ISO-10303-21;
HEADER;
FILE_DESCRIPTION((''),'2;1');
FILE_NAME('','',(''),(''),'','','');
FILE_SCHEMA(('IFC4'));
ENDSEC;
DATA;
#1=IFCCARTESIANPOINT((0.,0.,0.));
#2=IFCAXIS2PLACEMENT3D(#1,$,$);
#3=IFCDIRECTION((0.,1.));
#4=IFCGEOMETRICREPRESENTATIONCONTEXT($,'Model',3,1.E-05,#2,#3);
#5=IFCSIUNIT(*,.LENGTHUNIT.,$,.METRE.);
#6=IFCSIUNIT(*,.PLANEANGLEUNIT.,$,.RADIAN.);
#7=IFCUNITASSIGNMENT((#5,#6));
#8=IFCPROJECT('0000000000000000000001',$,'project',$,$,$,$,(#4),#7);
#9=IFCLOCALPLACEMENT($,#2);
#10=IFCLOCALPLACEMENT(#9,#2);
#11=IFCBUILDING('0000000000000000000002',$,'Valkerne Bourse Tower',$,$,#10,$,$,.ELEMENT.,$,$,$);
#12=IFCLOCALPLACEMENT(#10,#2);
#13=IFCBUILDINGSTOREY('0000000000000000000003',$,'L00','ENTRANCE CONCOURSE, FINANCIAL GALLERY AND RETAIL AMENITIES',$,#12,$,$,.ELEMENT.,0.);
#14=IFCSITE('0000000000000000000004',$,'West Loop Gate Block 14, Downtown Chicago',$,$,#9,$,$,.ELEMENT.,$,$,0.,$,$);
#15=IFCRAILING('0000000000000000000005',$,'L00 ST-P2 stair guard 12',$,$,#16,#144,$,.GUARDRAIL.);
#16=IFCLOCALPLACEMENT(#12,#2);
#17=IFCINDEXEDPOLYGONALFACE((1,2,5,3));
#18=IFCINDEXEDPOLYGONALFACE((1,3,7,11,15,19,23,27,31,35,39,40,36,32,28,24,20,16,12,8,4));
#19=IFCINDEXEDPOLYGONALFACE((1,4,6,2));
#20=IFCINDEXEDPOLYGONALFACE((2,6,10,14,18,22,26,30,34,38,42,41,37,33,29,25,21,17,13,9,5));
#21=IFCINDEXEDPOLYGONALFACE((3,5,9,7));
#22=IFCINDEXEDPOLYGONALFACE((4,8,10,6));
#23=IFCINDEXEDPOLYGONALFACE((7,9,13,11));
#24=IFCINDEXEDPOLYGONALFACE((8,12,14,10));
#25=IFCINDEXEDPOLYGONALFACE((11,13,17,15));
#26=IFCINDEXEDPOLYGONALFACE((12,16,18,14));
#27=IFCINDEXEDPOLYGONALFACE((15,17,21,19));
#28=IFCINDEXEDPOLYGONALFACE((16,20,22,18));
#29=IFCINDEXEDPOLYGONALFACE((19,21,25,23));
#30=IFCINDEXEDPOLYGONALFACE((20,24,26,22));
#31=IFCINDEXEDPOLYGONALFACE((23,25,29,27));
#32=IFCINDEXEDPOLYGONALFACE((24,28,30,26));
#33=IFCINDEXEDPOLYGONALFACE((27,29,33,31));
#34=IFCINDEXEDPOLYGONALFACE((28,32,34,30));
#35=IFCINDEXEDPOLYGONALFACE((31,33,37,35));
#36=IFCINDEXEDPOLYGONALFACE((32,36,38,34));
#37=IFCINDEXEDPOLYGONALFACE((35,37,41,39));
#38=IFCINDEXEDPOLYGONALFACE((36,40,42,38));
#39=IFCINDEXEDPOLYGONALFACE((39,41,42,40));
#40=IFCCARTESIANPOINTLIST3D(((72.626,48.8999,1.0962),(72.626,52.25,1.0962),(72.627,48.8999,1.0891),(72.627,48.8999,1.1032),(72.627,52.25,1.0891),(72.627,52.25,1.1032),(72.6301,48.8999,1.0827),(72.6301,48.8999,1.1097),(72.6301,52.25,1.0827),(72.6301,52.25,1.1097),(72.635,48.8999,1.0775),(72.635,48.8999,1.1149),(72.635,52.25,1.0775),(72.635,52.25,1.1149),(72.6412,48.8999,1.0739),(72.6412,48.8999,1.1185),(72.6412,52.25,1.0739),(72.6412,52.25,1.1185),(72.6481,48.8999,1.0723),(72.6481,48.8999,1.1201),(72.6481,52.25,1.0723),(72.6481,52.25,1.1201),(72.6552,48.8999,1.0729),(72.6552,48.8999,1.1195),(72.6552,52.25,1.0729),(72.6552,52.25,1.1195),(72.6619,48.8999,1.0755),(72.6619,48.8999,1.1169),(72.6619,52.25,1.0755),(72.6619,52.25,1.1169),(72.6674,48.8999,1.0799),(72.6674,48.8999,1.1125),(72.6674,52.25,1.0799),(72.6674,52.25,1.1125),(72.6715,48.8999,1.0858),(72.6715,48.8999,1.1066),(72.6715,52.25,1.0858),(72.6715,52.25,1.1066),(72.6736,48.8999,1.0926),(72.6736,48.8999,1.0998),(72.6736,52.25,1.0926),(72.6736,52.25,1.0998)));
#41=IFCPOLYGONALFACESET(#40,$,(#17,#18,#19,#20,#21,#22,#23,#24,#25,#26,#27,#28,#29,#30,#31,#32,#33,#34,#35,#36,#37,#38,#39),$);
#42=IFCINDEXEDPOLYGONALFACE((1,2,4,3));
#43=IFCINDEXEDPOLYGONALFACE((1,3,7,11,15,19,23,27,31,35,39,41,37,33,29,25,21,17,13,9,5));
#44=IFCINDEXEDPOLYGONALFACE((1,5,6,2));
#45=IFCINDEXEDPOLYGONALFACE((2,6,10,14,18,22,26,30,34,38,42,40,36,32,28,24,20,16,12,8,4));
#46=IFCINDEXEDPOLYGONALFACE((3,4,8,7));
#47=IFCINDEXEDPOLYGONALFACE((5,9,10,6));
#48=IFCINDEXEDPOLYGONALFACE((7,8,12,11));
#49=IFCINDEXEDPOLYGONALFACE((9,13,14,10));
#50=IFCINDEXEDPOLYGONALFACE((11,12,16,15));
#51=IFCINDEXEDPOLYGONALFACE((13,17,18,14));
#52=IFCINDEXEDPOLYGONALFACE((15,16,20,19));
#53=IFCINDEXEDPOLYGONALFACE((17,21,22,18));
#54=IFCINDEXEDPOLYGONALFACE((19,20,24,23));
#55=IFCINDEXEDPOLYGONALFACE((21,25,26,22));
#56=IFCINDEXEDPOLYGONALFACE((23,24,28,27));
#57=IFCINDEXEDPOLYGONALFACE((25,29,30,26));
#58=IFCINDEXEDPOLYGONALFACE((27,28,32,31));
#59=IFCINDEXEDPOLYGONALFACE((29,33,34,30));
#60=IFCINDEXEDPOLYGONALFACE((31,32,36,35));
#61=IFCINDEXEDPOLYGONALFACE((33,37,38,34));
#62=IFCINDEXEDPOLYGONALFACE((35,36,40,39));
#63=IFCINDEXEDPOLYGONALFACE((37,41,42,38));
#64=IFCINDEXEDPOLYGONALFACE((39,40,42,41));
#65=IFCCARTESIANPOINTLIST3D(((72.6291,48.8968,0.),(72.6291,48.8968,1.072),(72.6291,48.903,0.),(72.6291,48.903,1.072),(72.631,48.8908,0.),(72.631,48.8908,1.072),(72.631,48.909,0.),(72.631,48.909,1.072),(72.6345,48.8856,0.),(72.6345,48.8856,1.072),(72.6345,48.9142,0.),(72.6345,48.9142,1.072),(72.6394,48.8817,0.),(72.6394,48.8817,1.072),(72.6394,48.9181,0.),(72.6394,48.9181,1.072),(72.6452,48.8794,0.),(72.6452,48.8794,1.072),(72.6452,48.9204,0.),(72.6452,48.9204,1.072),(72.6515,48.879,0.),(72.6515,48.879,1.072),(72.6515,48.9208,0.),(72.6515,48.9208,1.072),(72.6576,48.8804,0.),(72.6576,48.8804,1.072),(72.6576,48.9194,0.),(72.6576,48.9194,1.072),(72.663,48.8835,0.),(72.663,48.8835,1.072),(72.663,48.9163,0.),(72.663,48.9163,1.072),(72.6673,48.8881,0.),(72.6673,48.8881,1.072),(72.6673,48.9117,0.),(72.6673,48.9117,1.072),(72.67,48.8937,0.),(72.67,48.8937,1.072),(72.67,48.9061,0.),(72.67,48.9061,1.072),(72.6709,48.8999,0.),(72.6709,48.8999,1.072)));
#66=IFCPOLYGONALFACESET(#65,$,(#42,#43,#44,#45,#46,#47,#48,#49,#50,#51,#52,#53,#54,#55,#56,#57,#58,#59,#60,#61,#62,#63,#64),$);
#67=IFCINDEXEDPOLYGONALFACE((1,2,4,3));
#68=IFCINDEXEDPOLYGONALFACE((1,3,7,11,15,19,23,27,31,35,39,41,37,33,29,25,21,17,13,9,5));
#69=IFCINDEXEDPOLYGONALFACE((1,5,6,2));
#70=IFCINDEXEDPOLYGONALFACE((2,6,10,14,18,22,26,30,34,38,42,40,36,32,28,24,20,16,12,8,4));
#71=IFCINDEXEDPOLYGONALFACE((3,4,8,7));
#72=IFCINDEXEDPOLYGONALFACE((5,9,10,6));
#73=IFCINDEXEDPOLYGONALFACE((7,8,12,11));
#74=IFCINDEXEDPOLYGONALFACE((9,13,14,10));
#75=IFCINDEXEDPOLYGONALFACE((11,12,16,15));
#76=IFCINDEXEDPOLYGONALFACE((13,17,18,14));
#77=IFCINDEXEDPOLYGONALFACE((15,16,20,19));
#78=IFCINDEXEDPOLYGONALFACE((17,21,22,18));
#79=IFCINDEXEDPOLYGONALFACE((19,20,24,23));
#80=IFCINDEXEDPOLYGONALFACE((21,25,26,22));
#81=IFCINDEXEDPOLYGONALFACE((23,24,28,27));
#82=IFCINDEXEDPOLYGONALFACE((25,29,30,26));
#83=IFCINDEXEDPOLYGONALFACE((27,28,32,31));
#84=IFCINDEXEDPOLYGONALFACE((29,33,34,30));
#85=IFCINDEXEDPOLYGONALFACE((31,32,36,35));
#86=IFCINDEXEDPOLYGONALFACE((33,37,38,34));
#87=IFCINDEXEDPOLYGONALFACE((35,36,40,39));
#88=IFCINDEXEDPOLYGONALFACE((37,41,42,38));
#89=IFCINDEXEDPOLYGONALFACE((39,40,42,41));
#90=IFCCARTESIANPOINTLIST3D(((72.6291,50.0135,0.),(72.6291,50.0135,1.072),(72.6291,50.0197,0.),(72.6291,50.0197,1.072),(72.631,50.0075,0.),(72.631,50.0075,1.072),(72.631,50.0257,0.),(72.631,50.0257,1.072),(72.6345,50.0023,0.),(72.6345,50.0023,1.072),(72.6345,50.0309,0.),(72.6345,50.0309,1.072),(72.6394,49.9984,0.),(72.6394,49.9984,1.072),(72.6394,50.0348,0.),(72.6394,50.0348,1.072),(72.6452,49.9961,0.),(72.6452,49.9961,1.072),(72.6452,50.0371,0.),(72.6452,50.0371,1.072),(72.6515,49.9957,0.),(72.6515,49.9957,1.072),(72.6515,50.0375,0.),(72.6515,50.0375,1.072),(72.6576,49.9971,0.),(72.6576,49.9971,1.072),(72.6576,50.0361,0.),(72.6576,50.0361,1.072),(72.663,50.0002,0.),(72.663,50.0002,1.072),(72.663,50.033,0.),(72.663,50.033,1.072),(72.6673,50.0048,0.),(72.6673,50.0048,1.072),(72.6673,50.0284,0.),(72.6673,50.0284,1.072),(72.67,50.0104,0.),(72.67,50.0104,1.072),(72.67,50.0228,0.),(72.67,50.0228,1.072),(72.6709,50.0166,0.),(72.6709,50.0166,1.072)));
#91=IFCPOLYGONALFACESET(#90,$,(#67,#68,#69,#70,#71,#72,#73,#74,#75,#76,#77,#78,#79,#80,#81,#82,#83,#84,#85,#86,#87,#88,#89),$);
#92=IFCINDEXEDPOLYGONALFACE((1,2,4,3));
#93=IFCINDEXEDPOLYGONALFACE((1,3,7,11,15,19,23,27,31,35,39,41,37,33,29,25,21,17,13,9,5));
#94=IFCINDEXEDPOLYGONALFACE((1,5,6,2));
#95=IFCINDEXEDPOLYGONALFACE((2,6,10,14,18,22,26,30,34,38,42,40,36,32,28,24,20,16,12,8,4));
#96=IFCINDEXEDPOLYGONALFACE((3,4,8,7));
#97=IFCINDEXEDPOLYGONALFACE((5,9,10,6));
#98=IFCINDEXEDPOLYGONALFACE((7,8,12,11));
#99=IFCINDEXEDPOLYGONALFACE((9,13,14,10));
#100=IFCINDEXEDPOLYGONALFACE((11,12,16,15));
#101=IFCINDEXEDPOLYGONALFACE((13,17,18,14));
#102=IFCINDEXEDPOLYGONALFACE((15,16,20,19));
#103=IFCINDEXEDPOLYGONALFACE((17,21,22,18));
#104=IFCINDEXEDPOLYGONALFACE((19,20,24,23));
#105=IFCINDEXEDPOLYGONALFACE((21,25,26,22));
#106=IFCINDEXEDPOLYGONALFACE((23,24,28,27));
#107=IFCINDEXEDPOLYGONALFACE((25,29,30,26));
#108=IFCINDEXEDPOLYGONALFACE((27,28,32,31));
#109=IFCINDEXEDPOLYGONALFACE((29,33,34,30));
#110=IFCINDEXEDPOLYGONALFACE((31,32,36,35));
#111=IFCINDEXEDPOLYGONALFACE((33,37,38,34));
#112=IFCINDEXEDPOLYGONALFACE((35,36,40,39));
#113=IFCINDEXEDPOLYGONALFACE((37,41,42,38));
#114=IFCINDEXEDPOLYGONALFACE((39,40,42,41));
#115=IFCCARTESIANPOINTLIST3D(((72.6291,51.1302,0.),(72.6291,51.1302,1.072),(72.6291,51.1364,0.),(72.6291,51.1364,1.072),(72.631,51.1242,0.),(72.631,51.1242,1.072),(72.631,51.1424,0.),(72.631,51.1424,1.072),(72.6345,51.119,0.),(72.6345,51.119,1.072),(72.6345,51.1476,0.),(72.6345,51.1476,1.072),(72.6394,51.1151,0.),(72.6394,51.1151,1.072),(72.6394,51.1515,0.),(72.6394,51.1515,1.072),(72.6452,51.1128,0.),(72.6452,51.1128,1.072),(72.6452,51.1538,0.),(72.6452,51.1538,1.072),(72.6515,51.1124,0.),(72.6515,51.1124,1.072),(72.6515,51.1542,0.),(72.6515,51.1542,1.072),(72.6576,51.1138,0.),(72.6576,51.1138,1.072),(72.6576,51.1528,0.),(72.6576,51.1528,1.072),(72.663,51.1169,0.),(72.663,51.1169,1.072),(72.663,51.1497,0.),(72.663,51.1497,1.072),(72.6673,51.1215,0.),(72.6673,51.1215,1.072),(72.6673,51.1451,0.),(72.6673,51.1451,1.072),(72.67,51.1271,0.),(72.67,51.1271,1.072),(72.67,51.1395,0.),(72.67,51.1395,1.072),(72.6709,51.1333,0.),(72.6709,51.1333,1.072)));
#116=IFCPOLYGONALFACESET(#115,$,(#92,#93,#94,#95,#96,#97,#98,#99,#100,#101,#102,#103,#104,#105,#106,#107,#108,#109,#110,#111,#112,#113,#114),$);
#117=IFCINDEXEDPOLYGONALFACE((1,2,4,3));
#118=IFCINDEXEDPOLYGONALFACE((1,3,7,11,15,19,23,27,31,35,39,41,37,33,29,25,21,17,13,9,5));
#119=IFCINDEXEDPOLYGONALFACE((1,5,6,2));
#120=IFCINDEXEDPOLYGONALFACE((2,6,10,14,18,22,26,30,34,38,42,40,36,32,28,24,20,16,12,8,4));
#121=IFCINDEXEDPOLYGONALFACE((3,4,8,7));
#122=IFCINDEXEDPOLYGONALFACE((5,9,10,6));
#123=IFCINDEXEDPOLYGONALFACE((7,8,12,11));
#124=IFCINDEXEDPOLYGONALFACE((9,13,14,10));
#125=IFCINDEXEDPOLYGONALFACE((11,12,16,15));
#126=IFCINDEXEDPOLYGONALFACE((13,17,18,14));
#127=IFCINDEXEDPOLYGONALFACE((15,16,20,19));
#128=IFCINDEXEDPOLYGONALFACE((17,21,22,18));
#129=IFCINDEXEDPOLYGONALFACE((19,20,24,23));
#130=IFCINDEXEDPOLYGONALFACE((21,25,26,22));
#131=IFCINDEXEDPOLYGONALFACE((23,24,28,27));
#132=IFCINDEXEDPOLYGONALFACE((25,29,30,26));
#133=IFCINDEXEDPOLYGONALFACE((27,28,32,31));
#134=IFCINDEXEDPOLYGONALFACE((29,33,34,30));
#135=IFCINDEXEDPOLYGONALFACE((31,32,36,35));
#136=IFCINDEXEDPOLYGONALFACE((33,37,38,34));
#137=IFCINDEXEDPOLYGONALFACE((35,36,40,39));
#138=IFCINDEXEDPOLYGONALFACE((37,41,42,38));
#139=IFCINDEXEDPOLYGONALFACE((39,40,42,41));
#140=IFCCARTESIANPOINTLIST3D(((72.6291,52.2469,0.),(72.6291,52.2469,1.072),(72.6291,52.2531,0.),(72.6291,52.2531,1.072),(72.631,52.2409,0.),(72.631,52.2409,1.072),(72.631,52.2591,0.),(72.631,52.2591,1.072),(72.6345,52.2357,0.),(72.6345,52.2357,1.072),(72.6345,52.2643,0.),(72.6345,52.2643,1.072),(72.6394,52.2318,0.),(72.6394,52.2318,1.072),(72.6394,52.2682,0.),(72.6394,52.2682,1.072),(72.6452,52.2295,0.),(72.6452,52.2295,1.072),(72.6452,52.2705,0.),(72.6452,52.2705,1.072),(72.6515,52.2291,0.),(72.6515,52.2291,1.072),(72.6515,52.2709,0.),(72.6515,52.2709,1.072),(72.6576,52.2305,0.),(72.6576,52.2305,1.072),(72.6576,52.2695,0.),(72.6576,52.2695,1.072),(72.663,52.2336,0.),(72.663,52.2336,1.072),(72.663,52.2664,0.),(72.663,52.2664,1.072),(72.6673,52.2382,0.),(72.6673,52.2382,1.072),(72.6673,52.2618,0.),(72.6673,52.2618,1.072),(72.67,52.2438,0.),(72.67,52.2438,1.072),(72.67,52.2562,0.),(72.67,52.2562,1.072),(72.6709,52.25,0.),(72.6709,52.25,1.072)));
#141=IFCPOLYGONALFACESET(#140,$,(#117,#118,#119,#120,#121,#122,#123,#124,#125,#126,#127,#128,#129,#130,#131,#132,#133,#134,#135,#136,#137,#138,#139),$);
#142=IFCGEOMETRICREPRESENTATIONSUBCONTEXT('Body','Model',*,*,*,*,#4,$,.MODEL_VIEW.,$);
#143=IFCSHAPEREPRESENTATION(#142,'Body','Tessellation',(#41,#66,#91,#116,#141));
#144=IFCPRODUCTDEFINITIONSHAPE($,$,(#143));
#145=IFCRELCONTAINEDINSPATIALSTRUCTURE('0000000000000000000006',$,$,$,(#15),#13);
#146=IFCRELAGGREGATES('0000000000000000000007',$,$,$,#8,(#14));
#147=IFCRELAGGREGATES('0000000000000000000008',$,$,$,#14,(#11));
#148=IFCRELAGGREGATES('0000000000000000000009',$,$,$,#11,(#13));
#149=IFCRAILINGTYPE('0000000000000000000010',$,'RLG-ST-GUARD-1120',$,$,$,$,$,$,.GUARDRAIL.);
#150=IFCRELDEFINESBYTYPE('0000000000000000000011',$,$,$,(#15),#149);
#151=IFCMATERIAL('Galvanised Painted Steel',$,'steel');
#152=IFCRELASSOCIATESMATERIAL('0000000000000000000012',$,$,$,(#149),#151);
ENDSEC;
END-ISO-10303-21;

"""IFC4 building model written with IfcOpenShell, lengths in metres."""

from ifc_helpers import new_model, si_unit, direction, frame, origin, origin_2d, place, context, subcontext, project, spatial, circle, extrude, material, type_object, element, save


model = new_model("IFC4")

# Units and contexts
model_context = context("Model", 3, precision=1e-05, world=origin(), true_north=direction((0.0, 1.0)))
body_context = subcontext(model_context, "Body", "Model", "MODEL_VIEW")
ifc_project = project(units=[si_unit("LENGTHUNIT", "METRE"), si_unit("PLANEANGLEUNIT", "RADIAN")], contexts=[model_context])

# Site, building, storey
site_placement = place(None, origin())
site = spatial("IfcSite", under=ifc_project, at=site_placement, Name="West Loop Gate Block 14, Downtown Chicago", CompositionType="ELEMENT", RefElevation=0.0)
building_placement = place(site_placement, origin())
building = spatial("IfcBuilding", under=site, at=building_placement, Name="Valkerne Bourse Tower", CompositionType="ELEMENT")
storey_placement = place(building_placement, origin())
storey = spatial("IfcBuildingStorey", under=building, at=storey_placement, Name="L00", Description="ENTRANCE CONCOURSE, FINANCIAL GALLERY AND RETAIL AMENITIES", CompositionType="ELEMENT", Elevation=0.0)

# Shared definitions
ifc_material_1 = material(Name="Galvanised Painted Steel", Category="steel")

# Railing
railing_type_1 = type_object("IfcRailingType", Name="RLG-ST-GUARD-1120", PredefinedType="GUARDRAIL", material=ifc_material_1)
railing_1_placement = place(storey_placement, frame((72.6499, 48.8999, 0.0)))
element("IfcRailing", 1, at=railing_1_placement, inside=storey, type_object=railing_type_1, Name="L00 ST-P2 stair guard 12", PredefinedType="GUARDRAIL", context=body_context, shape_type="SweptSolid", body=[
    extrude(circle(Radius=0.0239, at=origin_2d()), frame((0.0, 0.0, 1.0962), z_axis=(0.0, 1.0, 0.0), x_axis=(-1.0, 0.0, 0.0)), (0.0, 0.0, 1.0), 3.3501),
    extrude(circle(Radius=0.021, at=origin_2d()), origin(), (0.0, 0.0, 1.0), 1.072),
    extrude(circle(Radius=0.021, at=origin_2d()), frame((0.0, 1.1167, 0.0)), (0.0, 0.0, 1.0), 1.072),
    extrude(circle(Radius=0.021, at=origin_2d()), frame((0.0, 2.2334, 0.0)), (0.0, 0.0, 1.0), 1.072),
    extrude(circle(Radius=0.021, at=origin_2d()), frame((0.0, 3.3501, 0.0)), (0.0, 0.0, 1.0), 1.072),
])

save(model, "model.ifc")
